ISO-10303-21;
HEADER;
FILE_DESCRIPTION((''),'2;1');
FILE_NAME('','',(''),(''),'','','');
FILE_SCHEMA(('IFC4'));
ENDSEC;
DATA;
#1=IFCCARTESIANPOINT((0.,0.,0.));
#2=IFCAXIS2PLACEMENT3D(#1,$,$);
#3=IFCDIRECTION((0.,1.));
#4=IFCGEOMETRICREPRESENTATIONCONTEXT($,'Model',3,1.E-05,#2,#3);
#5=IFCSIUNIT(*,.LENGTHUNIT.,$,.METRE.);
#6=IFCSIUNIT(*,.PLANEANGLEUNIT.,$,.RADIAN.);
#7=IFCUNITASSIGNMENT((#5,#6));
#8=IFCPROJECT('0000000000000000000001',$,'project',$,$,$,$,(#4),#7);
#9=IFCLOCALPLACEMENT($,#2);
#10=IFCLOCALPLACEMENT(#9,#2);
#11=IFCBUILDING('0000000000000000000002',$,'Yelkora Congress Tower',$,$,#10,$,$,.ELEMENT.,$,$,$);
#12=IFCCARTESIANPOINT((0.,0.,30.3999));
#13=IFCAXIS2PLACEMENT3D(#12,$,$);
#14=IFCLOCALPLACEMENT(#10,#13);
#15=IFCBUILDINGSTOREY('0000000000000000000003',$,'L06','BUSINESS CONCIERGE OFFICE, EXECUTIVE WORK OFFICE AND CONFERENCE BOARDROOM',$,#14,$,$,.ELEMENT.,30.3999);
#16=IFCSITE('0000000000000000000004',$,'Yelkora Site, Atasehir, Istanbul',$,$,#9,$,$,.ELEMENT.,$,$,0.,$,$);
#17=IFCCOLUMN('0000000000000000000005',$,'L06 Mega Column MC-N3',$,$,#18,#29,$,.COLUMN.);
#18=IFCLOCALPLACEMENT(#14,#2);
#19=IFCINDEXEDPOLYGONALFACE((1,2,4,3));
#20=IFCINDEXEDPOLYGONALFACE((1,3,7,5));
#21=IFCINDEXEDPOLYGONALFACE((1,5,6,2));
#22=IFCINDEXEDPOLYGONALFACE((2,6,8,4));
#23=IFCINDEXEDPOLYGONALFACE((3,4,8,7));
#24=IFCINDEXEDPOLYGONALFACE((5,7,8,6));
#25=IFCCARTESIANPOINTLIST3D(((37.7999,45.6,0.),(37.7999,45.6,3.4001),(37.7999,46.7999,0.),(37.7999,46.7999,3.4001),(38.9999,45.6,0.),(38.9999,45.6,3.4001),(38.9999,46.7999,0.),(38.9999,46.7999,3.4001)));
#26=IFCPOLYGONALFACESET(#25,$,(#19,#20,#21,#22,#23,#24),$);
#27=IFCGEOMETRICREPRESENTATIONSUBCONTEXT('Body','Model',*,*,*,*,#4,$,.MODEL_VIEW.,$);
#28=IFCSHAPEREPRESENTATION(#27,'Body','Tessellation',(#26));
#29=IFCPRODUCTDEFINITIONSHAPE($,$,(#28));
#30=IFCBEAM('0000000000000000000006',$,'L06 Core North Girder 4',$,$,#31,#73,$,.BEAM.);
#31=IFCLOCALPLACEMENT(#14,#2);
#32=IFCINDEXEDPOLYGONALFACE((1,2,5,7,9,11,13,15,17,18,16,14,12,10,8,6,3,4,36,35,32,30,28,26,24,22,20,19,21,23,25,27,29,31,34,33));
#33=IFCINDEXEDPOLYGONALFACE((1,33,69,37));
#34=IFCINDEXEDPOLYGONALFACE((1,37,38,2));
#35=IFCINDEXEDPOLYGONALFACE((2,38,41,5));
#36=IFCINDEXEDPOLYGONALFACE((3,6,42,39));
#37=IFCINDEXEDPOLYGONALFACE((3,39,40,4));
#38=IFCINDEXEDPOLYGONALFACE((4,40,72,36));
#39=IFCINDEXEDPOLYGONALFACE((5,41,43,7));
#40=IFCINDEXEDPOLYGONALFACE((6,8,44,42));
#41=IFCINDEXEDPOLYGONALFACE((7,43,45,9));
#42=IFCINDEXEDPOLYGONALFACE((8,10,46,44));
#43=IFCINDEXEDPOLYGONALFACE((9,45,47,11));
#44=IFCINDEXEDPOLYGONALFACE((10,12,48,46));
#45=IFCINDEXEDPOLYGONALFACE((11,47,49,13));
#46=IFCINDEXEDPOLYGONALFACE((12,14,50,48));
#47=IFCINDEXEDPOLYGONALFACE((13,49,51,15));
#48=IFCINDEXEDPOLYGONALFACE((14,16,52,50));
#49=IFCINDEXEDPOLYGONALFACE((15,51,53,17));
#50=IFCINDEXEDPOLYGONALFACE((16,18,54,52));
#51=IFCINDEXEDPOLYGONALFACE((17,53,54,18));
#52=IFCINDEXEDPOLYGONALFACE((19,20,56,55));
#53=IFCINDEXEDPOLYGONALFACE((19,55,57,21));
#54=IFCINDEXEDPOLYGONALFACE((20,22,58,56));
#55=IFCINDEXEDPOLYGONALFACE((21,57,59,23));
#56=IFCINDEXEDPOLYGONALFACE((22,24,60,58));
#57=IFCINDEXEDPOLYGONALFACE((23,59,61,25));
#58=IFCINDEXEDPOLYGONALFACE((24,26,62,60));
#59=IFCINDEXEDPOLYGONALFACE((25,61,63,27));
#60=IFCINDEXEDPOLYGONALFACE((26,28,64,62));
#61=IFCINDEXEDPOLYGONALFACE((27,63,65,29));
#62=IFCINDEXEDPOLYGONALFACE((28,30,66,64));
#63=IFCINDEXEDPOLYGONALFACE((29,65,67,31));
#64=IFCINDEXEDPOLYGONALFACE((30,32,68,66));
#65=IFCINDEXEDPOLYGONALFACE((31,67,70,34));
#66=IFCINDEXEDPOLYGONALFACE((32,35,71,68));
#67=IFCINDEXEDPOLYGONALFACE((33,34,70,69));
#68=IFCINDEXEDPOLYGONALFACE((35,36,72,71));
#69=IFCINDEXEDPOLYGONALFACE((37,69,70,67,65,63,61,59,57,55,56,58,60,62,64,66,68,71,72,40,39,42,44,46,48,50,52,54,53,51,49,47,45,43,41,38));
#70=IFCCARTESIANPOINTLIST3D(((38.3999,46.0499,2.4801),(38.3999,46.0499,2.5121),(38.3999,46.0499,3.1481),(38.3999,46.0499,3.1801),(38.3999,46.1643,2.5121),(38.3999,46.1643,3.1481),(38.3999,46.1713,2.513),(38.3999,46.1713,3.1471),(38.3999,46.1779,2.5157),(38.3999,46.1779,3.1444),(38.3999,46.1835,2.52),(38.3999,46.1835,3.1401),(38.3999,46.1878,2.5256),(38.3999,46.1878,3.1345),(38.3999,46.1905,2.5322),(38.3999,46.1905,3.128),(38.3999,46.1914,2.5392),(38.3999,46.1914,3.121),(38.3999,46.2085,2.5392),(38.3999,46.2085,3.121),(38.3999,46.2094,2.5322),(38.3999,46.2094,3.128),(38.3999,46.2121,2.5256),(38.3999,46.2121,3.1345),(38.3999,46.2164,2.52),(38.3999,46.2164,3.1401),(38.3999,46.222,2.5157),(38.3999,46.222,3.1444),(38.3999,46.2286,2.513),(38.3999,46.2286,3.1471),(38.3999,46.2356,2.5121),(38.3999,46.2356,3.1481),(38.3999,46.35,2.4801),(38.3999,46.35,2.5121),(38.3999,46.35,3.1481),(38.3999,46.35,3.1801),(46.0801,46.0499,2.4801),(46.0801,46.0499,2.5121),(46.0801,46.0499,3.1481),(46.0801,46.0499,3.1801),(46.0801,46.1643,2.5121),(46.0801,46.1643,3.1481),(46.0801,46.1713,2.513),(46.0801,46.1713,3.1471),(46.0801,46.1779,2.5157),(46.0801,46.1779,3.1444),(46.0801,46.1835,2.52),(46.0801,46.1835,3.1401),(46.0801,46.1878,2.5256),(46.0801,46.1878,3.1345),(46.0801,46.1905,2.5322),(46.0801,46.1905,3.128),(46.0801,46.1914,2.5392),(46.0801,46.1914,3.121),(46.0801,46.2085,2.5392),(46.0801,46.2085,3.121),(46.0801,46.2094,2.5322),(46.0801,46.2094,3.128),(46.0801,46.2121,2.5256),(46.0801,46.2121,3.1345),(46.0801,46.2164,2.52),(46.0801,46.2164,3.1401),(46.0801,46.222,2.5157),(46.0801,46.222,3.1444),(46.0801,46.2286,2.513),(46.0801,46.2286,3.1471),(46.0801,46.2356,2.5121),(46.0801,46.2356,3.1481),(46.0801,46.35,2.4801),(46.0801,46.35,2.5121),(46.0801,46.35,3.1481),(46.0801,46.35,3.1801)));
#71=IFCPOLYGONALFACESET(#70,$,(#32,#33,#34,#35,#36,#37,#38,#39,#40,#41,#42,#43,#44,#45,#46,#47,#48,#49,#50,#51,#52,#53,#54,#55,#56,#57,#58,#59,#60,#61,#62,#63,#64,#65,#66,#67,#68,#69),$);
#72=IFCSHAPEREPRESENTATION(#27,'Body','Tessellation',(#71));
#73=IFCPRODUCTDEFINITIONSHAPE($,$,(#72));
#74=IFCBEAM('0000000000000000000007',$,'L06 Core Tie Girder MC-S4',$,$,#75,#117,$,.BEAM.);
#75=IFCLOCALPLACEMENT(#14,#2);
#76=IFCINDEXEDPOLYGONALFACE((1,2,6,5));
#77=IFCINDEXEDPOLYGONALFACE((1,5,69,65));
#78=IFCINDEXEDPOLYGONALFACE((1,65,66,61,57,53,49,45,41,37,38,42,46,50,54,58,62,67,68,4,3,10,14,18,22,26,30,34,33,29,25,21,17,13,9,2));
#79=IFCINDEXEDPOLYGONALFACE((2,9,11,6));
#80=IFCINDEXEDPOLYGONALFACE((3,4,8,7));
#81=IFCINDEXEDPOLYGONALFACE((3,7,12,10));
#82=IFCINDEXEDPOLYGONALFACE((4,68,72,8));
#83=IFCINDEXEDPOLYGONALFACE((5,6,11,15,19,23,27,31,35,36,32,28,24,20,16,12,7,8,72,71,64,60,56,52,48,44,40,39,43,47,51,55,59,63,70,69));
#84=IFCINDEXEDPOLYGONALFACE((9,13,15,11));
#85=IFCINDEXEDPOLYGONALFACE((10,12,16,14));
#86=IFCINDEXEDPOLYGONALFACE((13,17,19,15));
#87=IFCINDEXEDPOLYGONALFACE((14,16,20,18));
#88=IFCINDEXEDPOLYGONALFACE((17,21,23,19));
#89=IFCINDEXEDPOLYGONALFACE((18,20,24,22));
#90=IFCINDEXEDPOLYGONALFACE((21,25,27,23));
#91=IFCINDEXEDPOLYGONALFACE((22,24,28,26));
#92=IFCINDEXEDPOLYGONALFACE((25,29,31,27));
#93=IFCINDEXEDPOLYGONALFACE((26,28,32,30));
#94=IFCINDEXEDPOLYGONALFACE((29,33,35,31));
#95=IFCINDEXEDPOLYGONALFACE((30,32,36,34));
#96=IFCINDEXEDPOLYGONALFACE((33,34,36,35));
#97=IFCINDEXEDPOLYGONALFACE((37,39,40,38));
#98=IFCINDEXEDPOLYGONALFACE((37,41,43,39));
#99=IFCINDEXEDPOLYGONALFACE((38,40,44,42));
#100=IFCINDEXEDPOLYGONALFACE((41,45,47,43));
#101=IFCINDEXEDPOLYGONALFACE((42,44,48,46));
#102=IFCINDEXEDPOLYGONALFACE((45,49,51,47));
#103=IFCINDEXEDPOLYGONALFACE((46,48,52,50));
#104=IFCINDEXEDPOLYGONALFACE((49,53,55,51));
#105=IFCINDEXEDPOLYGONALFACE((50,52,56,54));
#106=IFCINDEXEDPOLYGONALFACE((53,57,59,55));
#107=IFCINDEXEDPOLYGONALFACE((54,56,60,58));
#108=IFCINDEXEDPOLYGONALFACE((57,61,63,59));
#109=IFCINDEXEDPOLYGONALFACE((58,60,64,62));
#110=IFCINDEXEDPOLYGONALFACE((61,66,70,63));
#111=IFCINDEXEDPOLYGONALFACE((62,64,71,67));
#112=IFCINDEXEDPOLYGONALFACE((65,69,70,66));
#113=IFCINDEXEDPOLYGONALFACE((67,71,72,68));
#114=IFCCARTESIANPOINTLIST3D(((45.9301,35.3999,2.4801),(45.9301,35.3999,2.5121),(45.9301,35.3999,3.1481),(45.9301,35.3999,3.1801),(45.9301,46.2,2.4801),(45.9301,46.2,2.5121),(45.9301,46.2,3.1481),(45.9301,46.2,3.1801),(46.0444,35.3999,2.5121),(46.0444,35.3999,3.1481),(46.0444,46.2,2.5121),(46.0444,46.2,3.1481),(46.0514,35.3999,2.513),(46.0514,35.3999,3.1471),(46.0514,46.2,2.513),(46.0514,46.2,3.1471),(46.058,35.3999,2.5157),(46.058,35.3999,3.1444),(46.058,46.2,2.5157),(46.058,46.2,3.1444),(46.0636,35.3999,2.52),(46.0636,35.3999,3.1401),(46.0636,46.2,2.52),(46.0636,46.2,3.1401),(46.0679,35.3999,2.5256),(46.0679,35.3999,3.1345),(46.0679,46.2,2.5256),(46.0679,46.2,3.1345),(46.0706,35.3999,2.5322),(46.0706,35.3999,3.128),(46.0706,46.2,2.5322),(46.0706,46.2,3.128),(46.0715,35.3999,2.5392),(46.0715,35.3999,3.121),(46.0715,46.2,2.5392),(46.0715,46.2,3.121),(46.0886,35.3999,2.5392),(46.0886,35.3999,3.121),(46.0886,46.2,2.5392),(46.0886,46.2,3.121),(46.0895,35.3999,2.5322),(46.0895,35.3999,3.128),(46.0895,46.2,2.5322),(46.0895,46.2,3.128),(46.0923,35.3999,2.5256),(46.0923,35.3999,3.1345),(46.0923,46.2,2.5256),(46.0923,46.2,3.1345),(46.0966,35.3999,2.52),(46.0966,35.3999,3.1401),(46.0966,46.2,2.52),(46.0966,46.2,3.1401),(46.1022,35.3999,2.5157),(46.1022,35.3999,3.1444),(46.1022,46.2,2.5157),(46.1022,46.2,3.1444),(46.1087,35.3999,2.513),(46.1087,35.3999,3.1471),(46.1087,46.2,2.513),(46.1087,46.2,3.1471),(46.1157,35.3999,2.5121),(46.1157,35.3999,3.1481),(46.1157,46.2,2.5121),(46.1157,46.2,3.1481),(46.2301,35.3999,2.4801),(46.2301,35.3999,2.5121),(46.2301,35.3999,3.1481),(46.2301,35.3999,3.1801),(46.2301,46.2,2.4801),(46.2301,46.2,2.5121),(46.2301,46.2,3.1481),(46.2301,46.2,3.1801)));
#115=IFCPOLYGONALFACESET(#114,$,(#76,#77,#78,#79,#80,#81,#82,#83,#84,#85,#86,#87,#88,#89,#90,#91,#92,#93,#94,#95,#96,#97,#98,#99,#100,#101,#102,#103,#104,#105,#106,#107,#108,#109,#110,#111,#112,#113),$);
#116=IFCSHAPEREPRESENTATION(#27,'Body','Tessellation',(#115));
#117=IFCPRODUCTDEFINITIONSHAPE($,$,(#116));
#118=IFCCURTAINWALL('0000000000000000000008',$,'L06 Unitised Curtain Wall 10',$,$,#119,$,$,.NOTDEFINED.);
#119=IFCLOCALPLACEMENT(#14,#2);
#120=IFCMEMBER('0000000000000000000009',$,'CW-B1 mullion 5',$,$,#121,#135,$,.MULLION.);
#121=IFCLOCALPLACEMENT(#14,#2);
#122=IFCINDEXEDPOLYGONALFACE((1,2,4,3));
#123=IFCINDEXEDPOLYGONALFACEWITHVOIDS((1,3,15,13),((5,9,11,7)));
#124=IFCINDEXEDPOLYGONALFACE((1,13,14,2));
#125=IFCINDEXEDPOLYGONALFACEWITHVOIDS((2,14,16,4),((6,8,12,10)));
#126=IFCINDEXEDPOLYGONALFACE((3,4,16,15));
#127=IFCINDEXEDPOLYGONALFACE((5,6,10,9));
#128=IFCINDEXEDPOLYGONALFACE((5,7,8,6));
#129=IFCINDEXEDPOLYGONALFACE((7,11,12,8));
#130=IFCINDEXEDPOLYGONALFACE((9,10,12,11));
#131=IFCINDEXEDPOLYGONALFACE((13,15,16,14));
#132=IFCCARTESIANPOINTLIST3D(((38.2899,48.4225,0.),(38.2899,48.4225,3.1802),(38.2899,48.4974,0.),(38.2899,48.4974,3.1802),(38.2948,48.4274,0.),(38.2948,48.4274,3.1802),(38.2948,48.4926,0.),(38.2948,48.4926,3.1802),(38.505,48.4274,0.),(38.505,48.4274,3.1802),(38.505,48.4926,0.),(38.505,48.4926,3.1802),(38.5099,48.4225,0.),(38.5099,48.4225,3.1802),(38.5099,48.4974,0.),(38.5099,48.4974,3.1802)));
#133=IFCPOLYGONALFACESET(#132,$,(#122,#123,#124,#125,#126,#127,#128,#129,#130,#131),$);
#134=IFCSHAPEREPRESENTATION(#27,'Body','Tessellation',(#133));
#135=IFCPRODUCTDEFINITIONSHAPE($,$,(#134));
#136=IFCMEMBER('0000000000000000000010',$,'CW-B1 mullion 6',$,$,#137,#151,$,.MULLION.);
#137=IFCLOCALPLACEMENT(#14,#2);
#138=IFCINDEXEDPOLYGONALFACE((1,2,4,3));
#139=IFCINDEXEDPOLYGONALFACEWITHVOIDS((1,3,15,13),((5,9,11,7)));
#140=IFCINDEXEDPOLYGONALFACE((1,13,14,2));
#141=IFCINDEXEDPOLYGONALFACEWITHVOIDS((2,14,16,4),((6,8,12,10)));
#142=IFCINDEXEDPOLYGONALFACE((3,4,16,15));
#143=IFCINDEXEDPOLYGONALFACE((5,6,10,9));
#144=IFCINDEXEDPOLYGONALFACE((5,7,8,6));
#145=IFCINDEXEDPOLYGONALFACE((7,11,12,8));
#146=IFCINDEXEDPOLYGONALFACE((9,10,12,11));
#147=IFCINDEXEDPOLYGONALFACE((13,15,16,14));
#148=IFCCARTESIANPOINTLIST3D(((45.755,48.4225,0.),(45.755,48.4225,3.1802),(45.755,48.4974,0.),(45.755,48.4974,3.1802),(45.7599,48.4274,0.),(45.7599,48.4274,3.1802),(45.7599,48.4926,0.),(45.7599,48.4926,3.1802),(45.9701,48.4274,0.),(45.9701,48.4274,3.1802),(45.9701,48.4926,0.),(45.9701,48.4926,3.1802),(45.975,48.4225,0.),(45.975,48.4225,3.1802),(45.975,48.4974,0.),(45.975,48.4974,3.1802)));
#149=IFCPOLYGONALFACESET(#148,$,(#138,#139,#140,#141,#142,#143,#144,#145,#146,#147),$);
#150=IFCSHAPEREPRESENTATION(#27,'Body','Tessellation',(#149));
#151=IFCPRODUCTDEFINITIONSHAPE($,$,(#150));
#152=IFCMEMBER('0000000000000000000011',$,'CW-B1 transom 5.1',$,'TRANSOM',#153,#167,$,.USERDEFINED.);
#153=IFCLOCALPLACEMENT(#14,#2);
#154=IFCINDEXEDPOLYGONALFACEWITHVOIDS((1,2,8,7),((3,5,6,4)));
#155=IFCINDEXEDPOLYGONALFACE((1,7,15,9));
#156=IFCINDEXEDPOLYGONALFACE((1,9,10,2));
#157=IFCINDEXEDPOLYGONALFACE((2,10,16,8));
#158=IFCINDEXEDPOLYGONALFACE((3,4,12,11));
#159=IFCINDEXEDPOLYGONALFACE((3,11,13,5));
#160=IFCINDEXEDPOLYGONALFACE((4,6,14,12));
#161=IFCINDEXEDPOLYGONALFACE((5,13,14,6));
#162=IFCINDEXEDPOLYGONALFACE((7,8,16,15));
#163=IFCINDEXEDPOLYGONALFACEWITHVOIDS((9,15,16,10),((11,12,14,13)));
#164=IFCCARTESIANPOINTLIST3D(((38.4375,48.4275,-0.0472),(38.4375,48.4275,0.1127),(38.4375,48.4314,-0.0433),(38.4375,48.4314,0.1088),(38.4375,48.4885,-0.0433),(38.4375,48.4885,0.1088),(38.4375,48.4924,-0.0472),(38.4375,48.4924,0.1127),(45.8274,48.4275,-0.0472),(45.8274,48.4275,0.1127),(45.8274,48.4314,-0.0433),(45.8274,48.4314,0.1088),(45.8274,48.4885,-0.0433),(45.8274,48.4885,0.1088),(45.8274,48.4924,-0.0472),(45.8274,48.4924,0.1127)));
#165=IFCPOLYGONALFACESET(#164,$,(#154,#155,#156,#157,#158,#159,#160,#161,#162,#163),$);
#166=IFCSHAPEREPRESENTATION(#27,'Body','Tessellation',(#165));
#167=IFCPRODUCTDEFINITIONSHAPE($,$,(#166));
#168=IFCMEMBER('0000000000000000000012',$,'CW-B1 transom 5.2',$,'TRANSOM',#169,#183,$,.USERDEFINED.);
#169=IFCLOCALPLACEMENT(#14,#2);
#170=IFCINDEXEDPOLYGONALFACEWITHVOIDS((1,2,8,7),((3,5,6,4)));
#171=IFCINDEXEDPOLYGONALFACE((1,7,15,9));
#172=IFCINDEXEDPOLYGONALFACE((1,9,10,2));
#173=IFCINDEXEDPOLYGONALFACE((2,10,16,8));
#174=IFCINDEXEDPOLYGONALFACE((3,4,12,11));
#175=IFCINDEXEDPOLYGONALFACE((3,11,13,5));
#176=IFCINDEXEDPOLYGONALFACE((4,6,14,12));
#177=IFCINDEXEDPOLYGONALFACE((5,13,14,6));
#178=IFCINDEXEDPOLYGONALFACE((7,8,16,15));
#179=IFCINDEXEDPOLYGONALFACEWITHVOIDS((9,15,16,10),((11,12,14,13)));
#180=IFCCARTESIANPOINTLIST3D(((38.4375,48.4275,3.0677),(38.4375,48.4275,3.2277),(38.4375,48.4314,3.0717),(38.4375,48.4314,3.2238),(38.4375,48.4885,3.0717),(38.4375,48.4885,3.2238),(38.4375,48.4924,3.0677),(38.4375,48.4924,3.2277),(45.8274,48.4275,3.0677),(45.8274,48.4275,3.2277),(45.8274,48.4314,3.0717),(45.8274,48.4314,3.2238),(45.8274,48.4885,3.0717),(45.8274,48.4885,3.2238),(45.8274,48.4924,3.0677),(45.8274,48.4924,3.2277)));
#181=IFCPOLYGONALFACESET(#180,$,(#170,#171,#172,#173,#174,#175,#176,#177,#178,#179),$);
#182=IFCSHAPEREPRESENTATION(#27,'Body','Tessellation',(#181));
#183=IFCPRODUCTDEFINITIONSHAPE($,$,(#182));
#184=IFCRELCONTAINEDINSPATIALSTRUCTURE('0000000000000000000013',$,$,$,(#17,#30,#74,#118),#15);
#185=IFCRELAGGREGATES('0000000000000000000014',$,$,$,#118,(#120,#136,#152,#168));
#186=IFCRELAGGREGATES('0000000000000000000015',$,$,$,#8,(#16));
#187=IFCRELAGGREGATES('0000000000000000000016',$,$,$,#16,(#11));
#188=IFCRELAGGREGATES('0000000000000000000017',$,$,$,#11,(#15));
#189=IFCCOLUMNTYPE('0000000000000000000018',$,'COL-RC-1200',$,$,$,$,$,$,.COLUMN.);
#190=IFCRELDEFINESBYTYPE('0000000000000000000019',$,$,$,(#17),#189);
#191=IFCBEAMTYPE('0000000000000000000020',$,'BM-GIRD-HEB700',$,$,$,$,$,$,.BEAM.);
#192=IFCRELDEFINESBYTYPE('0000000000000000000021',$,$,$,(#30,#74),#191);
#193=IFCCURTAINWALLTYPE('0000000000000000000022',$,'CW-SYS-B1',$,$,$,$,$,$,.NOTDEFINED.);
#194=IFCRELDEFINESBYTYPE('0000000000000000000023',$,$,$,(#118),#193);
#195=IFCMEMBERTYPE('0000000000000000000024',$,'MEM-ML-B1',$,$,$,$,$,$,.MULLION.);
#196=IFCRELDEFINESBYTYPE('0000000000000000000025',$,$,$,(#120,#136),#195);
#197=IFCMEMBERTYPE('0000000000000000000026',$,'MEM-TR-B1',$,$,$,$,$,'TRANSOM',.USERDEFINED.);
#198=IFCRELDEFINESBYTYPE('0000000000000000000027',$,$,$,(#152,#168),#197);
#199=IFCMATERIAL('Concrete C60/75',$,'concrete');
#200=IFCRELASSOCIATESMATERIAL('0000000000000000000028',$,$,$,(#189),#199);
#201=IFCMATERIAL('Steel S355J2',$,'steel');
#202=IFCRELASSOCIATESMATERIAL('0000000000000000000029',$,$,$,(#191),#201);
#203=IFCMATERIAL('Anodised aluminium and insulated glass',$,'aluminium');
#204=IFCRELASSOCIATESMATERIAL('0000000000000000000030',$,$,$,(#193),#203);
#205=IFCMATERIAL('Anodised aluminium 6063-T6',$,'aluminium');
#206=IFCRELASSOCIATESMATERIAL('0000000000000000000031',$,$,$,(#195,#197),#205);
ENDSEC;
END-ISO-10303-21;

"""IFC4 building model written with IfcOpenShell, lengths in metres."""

from ifc_helpers import new_model, si_unit, direction, frame, origin, origin_2d, place, context, subcontext, project, spatial, rectangle, hollow_rectangle, i_section, extrude, material, material_profile, profile_set, type_object, element, aggregate, save


model = new_model("IFC4")

# Units and contexts
model_context = context("Model", 3, precision=1e-05, world=origin(), true_north=direction((0.0, 1.0)))
body_context = subcontext(model_context, "Body", "Model", "MODEL_VIEW")
ifc_project = project(units=[si_unit("LENGTHUNIT", "METRE"), si_unit("PLANEANGLEUNIT", "RADIAN")], contexts=[model_context])

# Site, building, storey
site_placement = place(None, origin())
site = spatial("IfcSite", under=ifc_project, at=site_placement, Name="Yelkora Site, Atasehir, Istanbul", CompositionType="ELEMENT", RefElevation=0.0)
building_placement = place(site_placement, origin())
building = spatial("IfcBuilding", under=site, at=building_placement, Name="Yelkora Congress Tower", CompositionType="ELEMENT")
storey_placement = place(building_placement, frame((0.0, 0.0, 30.3999)))
storey = spatial("IfcBuildingStorey", under=building, at=storey_placement, Name="L06", Description="BUSINESS CONCIERGE OFFICE, EXECUTIVE WORK OFFICE AND CONFERENCE BOARDROOM", CompositionType="ELEMENT", Elevation=30.3999)

# Column
ifc_material_1 = material(Name="Concrete C60/75", Category="concrete")
ifc_material_profile_1 = material_profile(ifc_material_1, rectangle(XDim=1.2, YDim=1.2, at=origin_2d()), Name="RC 1200x1200")
ifc_profile_set_1 = profile_set([ifc_material_profile_1], Name="Concrete C60/75")
column_type = type_object("IfcColumnType", Name="COL-RC-1200", PredefinedType="COLUMN", material=ifc_profile_set_1)
column_placement = place(storey_placement, frame((38.3999, 46.2, 0.0), z_axis=(0.0, 0.0, 1.0), x_axis=(1.0, 0.0, 0.0)))
element("IfcColumn", 1, at=column_placement, inside=storey, type_object=column_type, Name="L06 Mega Column MC-N3", PredefinedType="COLUMN", context=body_context, shape_type="SweptSolid", body=[
    extrude(rectangle(XDim=1.2, YDim=1.2, at=origin_2d()), origin(), (0.0, 0.0, 1.0), 3.4001),
])

# Beams
ifc_material_2 = material(Name="Steel S355J2", Category="steel")
ifc_material_profile_2 = material_profile(ifc_material_2, i_section(OverallWidth=0.3, OverallDepth=0.7, WebThickness=0.0171, FlangeThickness=0.032, FilletRadius=0.0271, at=origin_2d()), Name="HEB 700")
ifc_profile_set_2 = profile_set([ifc_material_profile_2], Name="Steel S355J2")
beam_type = type_object("IfcBeamType", Name="BM-GIRD-HEB700", PredefinedType="BEAM", material=ifc_profile_set_2)
beam_1_placement = place(storey_placement, frame((38.3999, 46.2, 2.8301), z_axis=(1.0, 0.0, 0.0), x_axis=(0.0, 1.0, 0.0)))
element("IfcBeam", 2, at=beam_1_placement, inside=storey, type_object=beam_type, Name="L06 Core North Girder 4", PredefinedType="BEAM", context=body_context, shape_type="SweptSolid", body=[
    extrude(i_section(OverallWidth=0.3, OverallDepth=0.7, WebThickness=0.0171, FlangeThickness=0.032, FilletRadius=0.0271, at=origin_2d()), origin(), (0.0, 0.0, 1.0), 7.6802),
])
beam_2_placement = place(storey_placement, frame((46.0801, 35.3999, 2.8301), z_axis=(0.0, 1.0, 0.0), x_axis=(-1.0, 0.0, 0.0)))
element("IfcBeam", 3, at=beam_2_placement, inside=storey, type_object=beam_type, Name="L06 Core Tie Girder MC-S4", PredefinedType="BEAM", context=body_context, shape_type="SweptSolid", body=[
    extrude(i_section(OverallWidth=0.3, OverallDepth=0.7, WebThickness=0.0171, FlangeThickness=0.032, FilletRadius=0.0271, at=origin_2d()), origin(), (0.0, 0.0, 1.0), 10.8),
])

# Curtain wall, members
ifc_material_3 = material(Name="Anodised aluminium and insulated glass", Category="aluminium")
curtain_wall_type = type_object("IfcCurtainWallType", Name="CW-SYS-B1", PredefinedType="NOTDEFINED", material=ifc_material_3)
curtain_wall_placement = place(storey_placement, origin())
curtain_wall = element("IfcCurtainWall", 4, at=curtain_wall_placement, inside=storey, type_object=curtain_wall_type, Name="L06 Unitised Curtain Wall 10", PredefinedType="NOTDEFINED")
ifc_material_4 = material(Name="Anodised aluminium 6063-T6", Category="aluminium")
ifc_material_profile_3 = material_profile(ifc_material_4, hollow_rectangle(XDim=0.075, YDim=0.22, WallThickness=0.0049, at=origin_2d()), Name="ALU 75x220x5")
ifc_profile_set_3 = profile_set([ifc_material_profile_3], Name="Anodised aluminium 6063-T6")
member_type_1 = type_object("IfcMemberType", Name="MEM-ML-B1", PredefinedType="MULLION", material=ifc_profile_set_3)
member_1_placement = place(storey_placement, frame((38.3999, 48.46, 0.0), z_axis=(0.0, 0.0, 1.0), x_axis=(0.0, 1.0, 0.0)))
member_1 = element("IfcMember", 5, at=member_1_placement, type_object=member_type_1, Name="CW-B1 mullion 5", PredefinedType="MULLION", context=body_context, shape_type="SweptSolid", body=[
    extrude(hollow_rectangle(XDim=0.075, YDim=0.22, WallThickness=0.0049, at=origin_2d()), origin(), (0.0, 0.0, 1.0), 3.1802),
])
member_2_placement = place(storey_placement, frame((45.865, 48.46, 0.0), z_axis=(0.0, 0.0, 1.0), x_axis=(0.0, 1.0, 0.0)))
member_2 = element("IfcMember", 6, at=member_2_placement, type_object=member_type_1, Name="CW-B1 mullion 6", PredefinedType="MULLION", context=body_context, shape_type="SweptSolid", body=[
    extrude(hollow_rectangle(XDim=0.075, YDim=0.22, WallThickness=0.0049, at=origin_2d()), origin(), (0.0, 0.0, 1.0), 3.1802),
])
ifc_material_profile_4 = material_profile(ifc_material_4, hollow_rectangle(XDim=0.0649, YDim=0.1599, WallThickness=0.0039, at=origin_2d()), Name="ALU 65x160x4")
ifc_profile_set_4 = profile_set([ifc_material_profile_4], Name="Anodised aluminium 6063-T6")
member_type_2 = type_object("IfcMemberType", Name="MEM-TR-B1", ElementType="TRANSOM", PredefinedType="USERDEFINED", material=ifc_profile_set_4)
member_3_placement = place(storey_placement, frame((38.4375, 48.46, 0.0327), z_axis=(1.0, 0.0, 0.0), x_axis=(0.0, 1.0, 0.0)))
member_3 = element("IfcMember", 7, at=member_3_placement, type_object=member_type_2, Name="CW-B1 transom 5.1", ObjectType="TRANSOM", PredefinedType="USERDEFINED", context=body_context, shape_type="SweptSolid", body=[
    extrude(hollow_rectangle(XDim=0.0649, YDim=0.1599, WallThickness=0.0039, at=origin_2d()), origin(), (0.0, 0.0, 1.0), 7.3899),
])
member_4_placement = place(storey_placement, frame((38.4375, 48.46, 3.1477), z_axis=(1.0, 0.0, 0.0), x_axis=(0.0, 1.0, 0.0)))
member_4 = element("IfcMember", 8, at=member_4_placement, type_object=member_type_2, Name="CW-B1 transom 5.2", ObjectType="TRANSOM", PredefinedType="USERDEFINED", context=body_context, shape_type="SweptSolid", body=[
    extrude(hollow_rectangle(XDim=0.0649, YDim=0.1599, WallThickness=0.0039, at=origin_2d()), origin(), (0.0, 0.0, 1.0), 7.3899),
])
aggregate(curtain_wall, [member_1, member_2, member_3, member_4])

save(model, "model.ifc")
